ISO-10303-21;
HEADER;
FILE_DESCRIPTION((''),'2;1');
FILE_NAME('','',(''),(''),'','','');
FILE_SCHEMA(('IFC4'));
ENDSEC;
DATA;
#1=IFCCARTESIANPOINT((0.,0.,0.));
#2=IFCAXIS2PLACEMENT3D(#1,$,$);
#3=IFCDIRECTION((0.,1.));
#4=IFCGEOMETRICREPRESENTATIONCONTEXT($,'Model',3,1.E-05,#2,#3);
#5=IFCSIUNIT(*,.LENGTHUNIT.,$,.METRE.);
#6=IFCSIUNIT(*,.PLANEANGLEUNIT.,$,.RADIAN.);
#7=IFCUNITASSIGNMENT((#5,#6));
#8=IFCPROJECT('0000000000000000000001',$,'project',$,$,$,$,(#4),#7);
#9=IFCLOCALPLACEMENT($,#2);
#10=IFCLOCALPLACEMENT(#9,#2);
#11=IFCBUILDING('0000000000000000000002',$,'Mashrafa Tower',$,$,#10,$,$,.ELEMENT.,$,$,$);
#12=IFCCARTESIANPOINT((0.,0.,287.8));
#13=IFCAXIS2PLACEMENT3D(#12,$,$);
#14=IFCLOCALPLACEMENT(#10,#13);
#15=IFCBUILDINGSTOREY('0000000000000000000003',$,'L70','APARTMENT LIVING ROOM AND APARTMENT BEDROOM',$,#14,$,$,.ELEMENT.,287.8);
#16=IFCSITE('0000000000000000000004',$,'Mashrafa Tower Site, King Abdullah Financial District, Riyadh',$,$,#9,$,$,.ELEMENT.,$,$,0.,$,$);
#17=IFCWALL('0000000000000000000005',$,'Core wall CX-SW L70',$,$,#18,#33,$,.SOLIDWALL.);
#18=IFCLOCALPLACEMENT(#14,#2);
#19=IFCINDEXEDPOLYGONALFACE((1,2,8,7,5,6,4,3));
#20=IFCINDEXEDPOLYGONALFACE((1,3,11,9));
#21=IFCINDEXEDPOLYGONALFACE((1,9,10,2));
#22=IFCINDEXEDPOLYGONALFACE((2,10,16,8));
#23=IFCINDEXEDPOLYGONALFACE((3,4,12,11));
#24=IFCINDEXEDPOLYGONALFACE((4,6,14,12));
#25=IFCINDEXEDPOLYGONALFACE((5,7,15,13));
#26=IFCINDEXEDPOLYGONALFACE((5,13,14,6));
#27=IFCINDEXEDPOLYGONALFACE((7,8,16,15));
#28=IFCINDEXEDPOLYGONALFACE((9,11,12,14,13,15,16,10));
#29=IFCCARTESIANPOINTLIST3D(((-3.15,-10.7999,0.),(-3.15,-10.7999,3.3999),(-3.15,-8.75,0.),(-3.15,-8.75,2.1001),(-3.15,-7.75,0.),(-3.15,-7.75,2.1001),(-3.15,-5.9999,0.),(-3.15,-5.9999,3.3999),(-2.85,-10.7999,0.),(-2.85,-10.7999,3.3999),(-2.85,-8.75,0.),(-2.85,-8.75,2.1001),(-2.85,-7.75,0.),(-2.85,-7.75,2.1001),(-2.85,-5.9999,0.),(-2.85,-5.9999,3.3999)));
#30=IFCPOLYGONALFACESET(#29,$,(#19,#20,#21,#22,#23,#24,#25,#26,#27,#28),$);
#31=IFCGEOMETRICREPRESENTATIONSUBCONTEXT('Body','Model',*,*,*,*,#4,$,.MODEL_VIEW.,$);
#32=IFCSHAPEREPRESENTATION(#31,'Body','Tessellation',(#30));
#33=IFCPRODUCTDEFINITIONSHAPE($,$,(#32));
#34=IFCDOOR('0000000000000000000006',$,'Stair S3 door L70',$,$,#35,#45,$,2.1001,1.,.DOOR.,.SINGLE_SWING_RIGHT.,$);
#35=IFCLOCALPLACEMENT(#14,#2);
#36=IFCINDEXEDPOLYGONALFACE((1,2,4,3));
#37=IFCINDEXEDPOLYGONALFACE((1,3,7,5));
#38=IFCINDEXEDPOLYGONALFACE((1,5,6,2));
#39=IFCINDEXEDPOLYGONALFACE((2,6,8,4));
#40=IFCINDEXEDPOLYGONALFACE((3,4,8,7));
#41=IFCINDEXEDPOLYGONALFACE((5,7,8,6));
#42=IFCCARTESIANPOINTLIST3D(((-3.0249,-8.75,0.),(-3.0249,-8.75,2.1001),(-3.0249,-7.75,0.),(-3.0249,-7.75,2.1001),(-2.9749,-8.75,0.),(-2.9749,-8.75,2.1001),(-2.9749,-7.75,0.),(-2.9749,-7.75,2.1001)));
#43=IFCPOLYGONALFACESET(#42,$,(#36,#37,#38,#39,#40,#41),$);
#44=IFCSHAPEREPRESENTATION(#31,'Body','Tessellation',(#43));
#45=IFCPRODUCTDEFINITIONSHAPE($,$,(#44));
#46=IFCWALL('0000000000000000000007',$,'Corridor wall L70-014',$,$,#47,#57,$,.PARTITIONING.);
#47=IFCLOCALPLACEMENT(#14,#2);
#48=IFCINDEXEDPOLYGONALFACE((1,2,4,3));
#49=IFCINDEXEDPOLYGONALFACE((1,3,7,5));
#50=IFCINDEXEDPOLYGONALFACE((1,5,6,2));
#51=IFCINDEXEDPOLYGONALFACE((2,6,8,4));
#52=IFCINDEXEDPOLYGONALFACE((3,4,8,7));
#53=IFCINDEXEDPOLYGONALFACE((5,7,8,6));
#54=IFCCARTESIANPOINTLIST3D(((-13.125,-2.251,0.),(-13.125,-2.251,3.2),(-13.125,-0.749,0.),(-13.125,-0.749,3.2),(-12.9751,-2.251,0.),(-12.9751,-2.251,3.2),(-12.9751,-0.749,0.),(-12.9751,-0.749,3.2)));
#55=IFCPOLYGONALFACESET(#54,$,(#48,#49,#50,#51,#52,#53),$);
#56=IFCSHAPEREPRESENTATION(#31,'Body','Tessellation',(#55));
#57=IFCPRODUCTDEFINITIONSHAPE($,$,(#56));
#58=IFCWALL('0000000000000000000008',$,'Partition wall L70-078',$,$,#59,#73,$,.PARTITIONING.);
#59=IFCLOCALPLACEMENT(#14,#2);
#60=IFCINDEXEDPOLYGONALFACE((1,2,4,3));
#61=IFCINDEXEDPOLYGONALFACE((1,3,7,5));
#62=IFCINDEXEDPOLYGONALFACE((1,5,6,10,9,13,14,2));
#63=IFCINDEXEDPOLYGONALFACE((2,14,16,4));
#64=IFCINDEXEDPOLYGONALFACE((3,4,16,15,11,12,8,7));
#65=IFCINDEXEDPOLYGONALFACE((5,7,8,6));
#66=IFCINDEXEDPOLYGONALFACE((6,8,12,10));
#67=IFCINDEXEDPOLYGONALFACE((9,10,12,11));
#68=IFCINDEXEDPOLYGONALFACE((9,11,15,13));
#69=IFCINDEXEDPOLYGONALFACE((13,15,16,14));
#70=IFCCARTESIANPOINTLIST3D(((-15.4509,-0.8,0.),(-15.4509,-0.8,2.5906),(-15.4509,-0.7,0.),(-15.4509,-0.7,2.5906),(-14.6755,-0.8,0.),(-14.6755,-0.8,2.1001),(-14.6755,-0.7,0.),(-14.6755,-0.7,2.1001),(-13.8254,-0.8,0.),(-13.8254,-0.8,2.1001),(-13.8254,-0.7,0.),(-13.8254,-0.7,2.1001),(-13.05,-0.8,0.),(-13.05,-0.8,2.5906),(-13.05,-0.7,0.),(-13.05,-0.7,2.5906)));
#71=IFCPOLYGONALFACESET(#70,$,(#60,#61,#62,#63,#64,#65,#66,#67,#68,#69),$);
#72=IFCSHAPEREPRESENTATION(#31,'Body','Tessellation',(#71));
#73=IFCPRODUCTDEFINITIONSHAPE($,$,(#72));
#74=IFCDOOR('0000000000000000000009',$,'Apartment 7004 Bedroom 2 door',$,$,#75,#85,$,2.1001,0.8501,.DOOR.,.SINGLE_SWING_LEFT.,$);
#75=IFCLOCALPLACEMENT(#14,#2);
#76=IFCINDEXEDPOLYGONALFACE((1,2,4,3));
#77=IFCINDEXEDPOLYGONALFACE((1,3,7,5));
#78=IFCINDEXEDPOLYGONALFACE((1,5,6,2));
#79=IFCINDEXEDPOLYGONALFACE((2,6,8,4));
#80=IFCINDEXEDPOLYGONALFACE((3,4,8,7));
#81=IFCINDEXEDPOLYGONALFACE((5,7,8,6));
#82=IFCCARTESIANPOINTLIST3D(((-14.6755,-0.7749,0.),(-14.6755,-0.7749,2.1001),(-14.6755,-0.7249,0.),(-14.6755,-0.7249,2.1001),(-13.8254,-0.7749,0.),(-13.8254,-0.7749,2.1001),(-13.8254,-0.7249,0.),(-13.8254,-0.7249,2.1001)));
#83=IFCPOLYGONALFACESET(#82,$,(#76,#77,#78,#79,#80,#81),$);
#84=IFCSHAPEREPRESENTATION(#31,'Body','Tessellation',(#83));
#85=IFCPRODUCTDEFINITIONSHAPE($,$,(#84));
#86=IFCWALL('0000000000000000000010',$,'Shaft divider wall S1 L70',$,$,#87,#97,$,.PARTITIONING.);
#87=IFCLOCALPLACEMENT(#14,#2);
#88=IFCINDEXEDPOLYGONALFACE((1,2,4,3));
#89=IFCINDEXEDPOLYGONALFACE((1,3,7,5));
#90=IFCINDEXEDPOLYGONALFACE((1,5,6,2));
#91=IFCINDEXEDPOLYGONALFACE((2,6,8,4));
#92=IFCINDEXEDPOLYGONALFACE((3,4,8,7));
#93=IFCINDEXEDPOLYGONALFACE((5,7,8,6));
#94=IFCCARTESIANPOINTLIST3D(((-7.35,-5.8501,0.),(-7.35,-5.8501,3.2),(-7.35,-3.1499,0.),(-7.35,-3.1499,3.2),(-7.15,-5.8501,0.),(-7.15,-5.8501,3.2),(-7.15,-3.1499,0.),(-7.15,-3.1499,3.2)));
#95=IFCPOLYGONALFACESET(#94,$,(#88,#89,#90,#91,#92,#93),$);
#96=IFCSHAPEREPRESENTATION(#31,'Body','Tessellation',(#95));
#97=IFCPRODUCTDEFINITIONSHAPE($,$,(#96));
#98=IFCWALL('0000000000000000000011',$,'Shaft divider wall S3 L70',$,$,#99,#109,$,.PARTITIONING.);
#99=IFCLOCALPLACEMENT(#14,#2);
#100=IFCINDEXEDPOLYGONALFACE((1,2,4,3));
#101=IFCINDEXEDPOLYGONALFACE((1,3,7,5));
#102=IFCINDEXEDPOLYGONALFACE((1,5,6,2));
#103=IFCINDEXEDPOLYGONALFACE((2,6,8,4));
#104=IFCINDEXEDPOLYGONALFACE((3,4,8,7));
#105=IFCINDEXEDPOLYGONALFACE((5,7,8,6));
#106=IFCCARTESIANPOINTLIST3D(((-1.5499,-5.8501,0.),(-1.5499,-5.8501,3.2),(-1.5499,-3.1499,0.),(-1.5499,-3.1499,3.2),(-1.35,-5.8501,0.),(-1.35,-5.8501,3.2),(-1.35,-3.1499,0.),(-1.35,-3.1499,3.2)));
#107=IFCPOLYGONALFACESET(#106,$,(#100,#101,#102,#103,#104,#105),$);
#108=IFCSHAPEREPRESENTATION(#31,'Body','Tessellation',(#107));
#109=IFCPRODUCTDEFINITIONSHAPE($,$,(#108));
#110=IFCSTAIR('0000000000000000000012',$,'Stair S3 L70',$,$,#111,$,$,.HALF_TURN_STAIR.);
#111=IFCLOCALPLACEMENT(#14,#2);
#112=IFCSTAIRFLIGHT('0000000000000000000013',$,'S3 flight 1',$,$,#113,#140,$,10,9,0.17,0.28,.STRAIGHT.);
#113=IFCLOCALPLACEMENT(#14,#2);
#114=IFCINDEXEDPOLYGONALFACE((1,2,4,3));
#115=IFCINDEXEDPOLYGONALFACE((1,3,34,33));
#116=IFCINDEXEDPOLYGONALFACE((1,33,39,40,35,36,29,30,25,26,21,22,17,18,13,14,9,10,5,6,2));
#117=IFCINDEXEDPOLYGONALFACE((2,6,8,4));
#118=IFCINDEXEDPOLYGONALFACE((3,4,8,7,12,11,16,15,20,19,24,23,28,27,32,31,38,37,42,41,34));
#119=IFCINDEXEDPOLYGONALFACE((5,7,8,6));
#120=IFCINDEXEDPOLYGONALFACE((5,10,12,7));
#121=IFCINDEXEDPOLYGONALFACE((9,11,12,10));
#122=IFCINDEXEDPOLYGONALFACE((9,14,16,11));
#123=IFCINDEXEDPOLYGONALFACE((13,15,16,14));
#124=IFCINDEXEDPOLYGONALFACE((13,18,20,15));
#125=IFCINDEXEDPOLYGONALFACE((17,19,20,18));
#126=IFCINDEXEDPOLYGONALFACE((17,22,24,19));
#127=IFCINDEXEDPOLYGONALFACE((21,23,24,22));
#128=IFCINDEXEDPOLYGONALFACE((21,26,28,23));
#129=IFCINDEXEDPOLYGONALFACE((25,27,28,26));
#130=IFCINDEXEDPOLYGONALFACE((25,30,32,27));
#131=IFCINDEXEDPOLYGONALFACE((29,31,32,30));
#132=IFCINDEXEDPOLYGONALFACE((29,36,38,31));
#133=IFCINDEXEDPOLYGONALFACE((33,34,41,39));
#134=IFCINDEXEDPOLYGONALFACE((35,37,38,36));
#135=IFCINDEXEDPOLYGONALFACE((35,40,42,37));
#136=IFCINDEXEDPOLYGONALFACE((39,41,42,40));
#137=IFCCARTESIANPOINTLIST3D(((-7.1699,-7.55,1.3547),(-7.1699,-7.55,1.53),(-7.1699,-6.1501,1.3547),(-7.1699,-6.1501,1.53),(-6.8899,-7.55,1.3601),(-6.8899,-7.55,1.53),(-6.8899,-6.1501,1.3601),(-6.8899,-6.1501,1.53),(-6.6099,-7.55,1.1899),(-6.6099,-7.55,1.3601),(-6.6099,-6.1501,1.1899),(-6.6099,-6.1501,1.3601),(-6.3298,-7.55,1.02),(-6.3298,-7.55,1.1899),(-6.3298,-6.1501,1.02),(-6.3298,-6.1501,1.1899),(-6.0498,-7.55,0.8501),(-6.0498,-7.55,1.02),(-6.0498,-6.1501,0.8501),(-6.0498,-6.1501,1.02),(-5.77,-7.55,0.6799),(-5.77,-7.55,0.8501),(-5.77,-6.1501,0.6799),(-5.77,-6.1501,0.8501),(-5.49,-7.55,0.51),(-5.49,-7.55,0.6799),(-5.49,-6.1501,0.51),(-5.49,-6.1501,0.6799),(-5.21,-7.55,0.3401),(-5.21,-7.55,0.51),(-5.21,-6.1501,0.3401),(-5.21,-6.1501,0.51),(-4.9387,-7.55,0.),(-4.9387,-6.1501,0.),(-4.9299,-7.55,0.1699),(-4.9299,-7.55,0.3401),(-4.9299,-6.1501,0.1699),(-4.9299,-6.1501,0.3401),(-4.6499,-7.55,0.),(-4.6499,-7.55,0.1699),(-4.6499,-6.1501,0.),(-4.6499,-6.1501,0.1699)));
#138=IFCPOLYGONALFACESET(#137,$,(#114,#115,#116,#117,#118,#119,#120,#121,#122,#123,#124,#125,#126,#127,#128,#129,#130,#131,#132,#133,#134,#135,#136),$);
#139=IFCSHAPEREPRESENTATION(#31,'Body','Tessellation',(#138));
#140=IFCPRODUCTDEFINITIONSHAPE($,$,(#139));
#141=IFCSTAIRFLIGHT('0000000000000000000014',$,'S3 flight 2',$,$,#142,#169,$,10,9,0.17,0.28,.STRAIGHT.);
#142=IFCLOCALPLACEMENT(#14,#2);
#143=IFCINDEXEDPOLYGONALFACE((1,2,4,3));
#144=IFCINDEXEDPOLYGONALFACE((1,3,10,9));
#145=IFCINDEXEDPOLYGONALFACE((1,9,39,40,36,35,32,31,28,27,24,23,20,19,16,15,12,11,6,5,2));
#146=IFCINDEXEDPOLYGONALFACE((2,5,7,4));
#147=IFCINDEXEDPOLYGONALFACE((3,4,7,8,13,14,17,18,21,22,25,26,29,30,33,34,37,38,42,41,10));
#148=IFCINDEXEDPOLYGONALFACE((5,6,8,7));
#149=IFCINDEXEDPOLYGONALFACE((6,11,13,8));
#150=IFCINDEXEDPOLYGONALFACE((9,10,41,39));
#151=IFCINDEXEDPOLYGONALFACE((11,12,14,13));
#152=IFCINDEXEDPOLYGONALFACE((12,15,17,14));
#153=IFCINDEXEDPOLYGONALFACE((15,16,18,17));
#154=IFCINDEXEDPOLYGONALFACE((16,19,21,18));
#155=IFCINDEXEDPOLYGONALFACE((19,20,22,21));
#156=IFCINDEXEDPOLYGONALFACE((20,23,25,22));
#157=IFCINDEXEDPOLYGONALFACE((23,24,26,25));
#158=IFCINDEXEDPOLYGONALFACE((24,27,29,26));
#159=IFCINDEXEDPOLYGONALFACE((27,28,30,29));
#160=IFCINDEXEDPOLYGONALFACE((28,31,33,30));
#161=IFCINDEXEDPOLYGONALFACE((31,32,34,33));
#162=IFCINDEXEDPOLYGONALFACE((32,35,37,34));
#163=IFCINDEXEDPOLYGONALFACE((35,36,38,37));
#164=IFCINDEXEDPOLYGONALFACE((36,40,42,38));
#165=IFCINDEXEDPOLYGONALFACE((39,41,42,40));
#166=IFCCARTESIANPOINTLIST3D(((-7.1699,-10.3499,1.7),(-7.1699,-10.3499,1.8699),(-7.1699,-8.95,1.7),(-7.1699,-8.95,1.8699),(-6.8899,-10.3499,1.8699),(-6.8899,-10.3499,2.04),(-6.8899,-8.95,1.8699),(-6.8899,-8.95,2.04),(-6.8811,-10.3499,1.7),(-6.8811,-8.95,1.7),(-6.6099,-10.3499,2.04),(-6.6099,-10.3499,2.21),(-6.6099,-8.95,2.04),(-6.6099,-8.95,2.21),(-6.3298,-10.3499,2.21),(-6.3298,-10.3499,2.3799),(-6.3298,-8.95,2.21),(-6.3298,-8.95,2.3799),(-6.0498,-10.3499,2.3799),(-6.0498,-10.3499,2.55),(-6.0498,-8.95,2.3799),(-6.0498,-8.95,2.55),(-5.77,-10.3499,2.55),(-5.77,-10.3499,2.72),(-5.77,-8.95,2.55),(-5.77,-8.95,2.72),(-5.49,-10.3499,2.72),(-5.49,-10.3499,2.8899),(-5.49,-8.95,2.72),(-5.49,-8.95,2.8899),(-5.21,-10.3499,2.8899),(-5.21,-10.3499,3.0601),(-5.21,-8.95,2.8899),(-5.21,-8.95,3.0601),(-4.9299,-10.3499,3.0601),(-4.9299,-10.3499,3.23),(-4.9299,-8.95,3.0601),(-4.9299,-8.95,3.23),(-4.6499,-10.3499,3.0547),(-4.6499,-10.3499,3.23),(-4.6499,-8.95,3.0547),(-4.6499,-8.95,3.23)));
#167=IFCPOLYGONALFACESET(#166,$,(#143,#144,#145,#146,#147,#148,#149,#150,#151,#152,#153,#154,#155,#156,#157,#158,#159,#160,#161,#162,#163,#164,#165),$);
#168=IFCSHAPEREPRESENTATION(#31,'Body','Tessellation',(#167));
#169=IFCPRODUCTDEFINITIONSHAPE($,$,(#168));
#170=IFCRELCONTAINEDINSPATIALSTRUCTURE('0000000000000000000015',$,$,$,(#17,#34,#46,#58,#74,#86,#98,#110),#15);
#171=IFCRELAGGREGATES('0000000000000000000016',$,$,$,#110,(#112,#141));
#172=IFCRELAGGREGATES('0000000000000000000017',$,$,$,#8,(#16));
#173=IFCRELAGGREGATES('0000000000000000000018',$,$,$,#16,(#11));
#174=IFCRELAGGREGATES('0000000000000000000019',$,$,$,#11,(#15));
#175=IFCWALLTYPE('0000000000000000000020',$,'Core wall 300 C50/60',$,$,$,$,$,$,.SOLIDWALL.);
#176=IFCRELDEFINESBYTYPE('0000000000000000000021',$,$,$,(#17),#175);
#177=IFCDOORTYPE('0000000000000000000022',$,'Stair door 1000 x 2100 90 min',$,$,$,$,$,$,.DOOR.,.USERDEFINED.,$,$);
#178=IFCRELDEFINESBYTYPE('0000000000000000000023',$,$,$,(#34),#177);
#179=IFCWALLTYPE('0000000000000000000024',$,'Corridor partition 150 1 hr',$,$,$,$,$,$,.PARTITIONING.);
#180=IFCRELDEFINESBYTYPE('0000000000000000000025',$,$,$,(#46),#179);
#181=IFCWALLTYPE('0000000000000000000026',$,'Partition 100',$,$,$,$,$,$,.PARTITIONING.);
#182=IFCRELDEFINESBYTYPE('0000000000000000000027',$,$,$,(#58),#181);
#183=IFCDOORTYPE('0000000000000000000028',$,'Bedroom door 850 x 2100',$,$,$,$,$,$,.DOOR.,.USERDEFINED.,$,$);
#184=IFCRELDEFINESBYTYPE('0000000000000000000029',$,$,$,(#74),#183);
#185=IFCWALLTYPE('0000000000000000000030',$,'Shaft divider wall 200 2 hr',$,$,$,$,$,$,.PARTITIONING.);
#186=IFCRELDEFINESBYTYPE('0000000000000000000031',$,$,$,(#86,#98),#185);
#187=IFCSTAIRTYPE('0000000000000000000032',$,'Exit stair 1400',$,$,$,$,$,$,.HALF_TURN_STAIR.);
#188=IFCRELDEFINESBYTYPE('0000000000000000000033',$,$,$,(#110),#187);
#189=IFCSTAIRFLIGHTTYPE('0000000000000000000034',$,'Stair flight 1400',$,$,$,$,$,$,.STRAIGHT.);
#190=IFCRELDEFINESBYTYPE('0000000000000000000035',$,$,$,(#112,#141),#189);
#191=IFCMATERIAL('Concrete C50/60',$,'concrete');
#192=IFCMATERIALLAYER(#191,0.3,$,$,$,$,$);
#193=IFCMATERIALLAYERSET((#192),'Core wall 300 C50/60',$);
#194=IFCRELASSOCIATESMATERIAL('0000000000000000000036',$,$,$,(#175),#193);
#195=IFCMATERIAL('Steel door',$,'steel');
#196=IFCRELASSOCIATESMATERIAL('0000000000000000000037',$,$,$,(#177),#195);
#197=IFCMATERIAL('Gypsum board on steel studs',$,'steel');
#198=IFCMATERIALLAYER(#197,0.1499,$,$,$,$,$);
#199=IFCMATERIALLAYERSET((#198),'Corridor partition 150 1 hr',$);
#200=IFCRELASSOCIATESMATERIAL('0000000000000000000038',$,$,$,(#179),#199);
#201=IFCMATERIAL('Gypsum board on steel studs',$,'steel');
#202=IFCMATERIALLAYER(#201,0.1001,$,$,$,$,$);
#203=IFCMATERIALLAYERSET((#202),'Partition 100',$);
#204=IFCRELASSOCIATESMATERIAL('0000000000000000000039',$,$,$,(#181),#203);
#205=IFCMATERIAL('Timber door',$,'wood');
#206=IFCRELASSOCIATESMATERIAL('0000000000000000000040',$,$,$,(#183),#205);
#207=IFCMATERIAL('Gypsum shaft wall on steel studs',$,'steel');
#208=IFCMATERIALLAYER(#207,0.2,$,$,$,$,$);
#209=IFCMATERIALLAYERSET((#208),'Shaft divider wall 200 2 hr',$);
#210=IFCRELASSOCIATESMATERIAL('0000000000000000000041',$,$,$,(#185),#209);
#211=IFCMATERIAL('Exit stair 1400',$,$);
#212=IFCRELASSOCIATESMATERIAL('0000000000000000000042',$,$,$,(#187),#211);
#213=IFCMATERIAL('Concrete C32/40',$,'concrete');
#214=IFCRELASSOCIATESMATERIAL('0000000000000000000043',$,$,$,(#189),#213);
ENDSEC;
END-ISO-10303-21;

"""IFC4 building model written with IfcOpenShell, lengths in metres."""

from ifc_helpers import new_model, si_unit, direction, frame, frame_2d, origin, place, context, subcontext, project, spatial, polyline, rectangle, outline, extrude, material, layer, layer_set, type_object, element, fill, aggregate, save


model = new_model("IFC4")

# Units and contexts
model_context = context("Model", 3, precision=1e-05, world=origin(), true_north=direction((0.0, 1.0)))
body_context = subcontext(model_context, "Body", "Model", "MODEL_VIEW")
ifc_project = project(units=[si_unit("LENGTHUNIT", "METRE"), si_unit("PLANEANGLEUNIT", "RADIAN")], contexts=[model_context])

# Site, building, storey
site_placement = place(None, origin())
site = spatial("IfcSite", under=ifc_project, at=site_placement, Name="Mashrafa Tower Site, King Abdullah Financial District, Riyadh", CompositionType="ELEMENT", RefElevation=0.0)
building_placement = place(site_placement, origin())
building = spatial("IfcBuilding", under=site, at=building_placement, Name="Mashrafa Tower", CompositionType="ELEMENT")
storey_placement = place(building_placement, frame((0.0, 0.0, 287.8)))
storey = spatial("IfcBuildingStorey", under=building, at=storey_placement, Name="L70", Description="APARTMENT LIVING ROOM AND APARTMENT BEDROOM", CompositionType="ELEMENT", Elevation=287.8)

# Shared definitions
ifc_material_1 = material(Name="Concrete C50/60", Category="concrete")
ifc_layer_1 = layer(ifc_material_1, 0.3)
ifc_layer_set_1 = layer_set([ifc_layer_1], Name="Core wall 300 C50/60")
wall_type_1 = type_object("IfcWallType", Name="Core wall 300 C50/60", PredefinedType="SOLIDWALL", material=ifc_layer_set_1)

# Wall, opening, door
wall_1_placement = place(storey_placement, frame((-3.0, -6.0, 0.0), z_axis=(0.0, 0.0, 1.0), x_axis=(0.0, -1.0, 0.0)))
wall_1 = element("IfcWall", 1, at=wall_1_placement, inside=storey, type_object=wall_type_1, Name="Core wall CX-SW L70", PredefinedType="SOLIDWALL", context=body_context, shape_type="SweptSolid", body=[
    extrude(rectangle(XDim=4.8, YDim=0.3, at=frame_2d((2.3999, 0.0))), origin(), (0.0, 0.0, 1.0), 3.3999),
])
opening_1_placement = place(wall_1_placement, frame((1.75, 0.0, 0.0)))
opening_1 = element("IfcOpeningElement", 2, at=opening_1_placement, cuts=wall_1, PredefinedType="OPENING", context=body_context, shape_type="SweptSolid", body=[
    extrude(rectangle(XDim=1.0, YDim=2.1001, at=frame_2d((0.5, 1.05))), frame((0.0, 0.1599, 0.0), z_axis=(0.0, -1.0, 0.0), x_axis=(1.0, 0.0, 0.0)), (0.0, 0.0, 1.0), 0.3201),
])
ifc_material_2 = material(Name="Steel door", Category="steel")
door_type_1 = type_object("IfcDoorType", Name="Stair door 1000 x 2100 90 min", OperationType="USERDEFINED", PredefinedType="DOOR", material=ifc_material_2)
door_1_placement = place(opening_1_placement, frame((1.0, 0.0, 0.0), z_axis=(0.0, 0.0, 1.0), x_axis=(-1.0, 0.0, 0.0)))
door_1 = element("IfcDoor", 3, at=door_1_placement, inside=storey, type_object=door_type_1, Name="Stair S3 door L70", OperationType="SINGLE_SWING_RIGHT", OverallHeight=2.1001, OverallWidth=1.0, PredefinedType="DOOR", context=body_context, shape_type="SweptSolid", body=[
    extrude(rectangle(XDim=1.0, YDim=2.1001, at=frame_2d((0.5, 1.05))), frame((0.0, 0.0249, 0.0), z_axis=(0.0, -1.0, 0.0), x_axis=(1.0, 0.0, 0.0)), (0.0, 0.0, 1.0), 0.05),
])
fill(opening_1, door_1)

# Wall
ifc_material_3 = material(Name="Gypsum board on steel studs", Category="steel")
ifc_layer_2 = layer(ifc_material_3, 0.1499)
ifc_layer_set_2 = layer_set([ifc_layer_2], Name="Corridor partition 150 1 hr")
wall_type_2 = type_object("IfcWallType", Name="Corridor partition 150 1 hr", PredefinedType="PARTITIONING", material=ifc_layer_set_2)
wall_2_placement = place(storey_placement, frame((-13.05, -0.749, 0.0), z_axis=(0.0, 0.0, 1.0), x_axis=(0.0, -1.0, 0.0)))
element("IfcWall", 4, at=wall_2_placement, inside=storey, type_object=wall_type_2, Name="Corridor wall L70-014", PredefinedType="PARTITIONING", context=body_context, shape_type="SweptSolid", body=[
    extrude(rectangle(XDim=1.502, YDim=0.1499, at=frame_2d((0.751, 0.0))), origin(), (0.0, 0.0, 1.0), 3.2),
])

# Wall, opening, door
ifc_material_4 = material(Name="Gypsum board on steel studs", Category="steel")
ifc_layer_3 = layer(ifc_material_4, 0.1001)
ifc_layer_set_3 = layer_set([ifc_layer_3], Name="Partition 100")
wall_type_3 = type_object("IfcWallType", Name="Partition 100", PredefinedType="PARTITIONING", material=ifc_layer_set_3)
wall_3_placement = place(storey_placement, frame((-13.05, -0.75, 0.0), z_axis=(0.0, 0.0, 1.0), x_axis=(-1.0, 0.0, 0.0)))
wall_3 = element("IfcWall", 5, at=wall_3_placement, inside=storey, type_object=wall_type_3, Name="Partition wall L70-078", PredefinedType="PARTITIONING", context=body_context, shape_type="SweptSolid", body=[
    extrude(rectangle(XDim=2.4009, YDim=0.1001, at=frame_2d((1.2004, 0.0))), origin(), (0.0, 0.0, 1.0), 2.5906),
])
opening_2_placement = place(wall_3_placement, frame((0.7754, 0.0, 0.0)))
opening_2 = element("IfcOpeningElement", 6, at=opening_2_placement, cuts=wall_3, PredefinedType="OPENING", context=body_context, shape_type="SweptSolid", body=[
    extrude(rectangle(XDim=0.8501, YDim=2.1001, at=frame_2d((0.425, 1.05))), frame((0.0, 0.0601, 0.0), z_axis=(0.0, -1.0, 0.0), x_axis=(1.0, 0.0, 0.0)), (0.0, 0.0, 1.0), 0.1201),
])
ifc_material_5 = material(Name="Timber door", Category="wood")
door_type_2 = type_object("IfcDoorType", Name="Bedroom door 850 x 2100", OperationType="USERDEFINED", PredefinedType="DOOR", material=ifc_material_5)
door_2_placement = place(opening_2_placement, origin())
door_2 = element("IfcDoor", 7, at=door_2_placement, inside=storey, type_object=door_type_2, Name="Apartment 7004 Bedroom 2 door", OperationType="SINGLE_SWING_LEFT", OverallHeight=2.1001, OverallWidth=0.8501, PredefinedType="DOOR", context=body_context, shape_type="SweptSolid", body=[
    extrude(rectangle(XDim=0.8501, YDim=2.1001, at=frame_2d((0.425, 1.05))), frame((0.0, 0.0249, 0.0), z_axis=(0.0, -1.0, 0.0), x_axis=(1.0, 0.0, 0.0)), (0.0, 0.0, 1.0), 0.05),
])
fill(opening_2, door_2)

# Walls
ifc_material_6 = material(Name="Gypsum shaft wall on steel studs", Category="steel")
ifc_layer_4 = layer(ifc_material_6, 0.2)
ifc_layer_set_4 = layer_set([ifc_layer_4], Name="Shaft divider wall 200 2 hr")
wall_type_4 = type_object("IfcWallType", Name="Shaft divider wall 200 2 hr", PredefinedType="PARTITIONING", material=ifc_layer_set_4)
for number, where, z_axis, x_axis, name in (
    (8, (-7.25, -5.8501, 0.0), (0.0, 0.0, 1.0), (0.0, 1.0, 0.0), "Shaft divider wall S1 L70"),
    (9, (-1.45, -5.8501, 0.0), (0.0, 0.0, 1.0), (0.0, 1.0, 0.0), "Shaft divider wall S3 L70"),
):
    element("IfcWall", number, at=place(storey_placement, frame(where, z_axis=z_axis, x_axis=x_axis)), inside=storey, type_object=wall_type_4, Name=name, PredefinedType="PARTITIONING", context=body_context, shape_type="SweptSolid", body=[
        extrude(rectangle(XDim=2.7002, YDim=0.2, at=frame_2d((1.3501, 0.0))), origin(), (0.0, 0.0, 1.0), 3.2),
    ])

# Stair, stair flights
ifc_material_7 = material(Name="Exit stair 1400")
stair_type = type_object("IfcStairType", Name="Exit stair 1400", PredefinedType="HALF_TURN_STAIR", material=ifc_material_7)
stair_placement = place(storey_placement, origin())
stair = element("IfcStair", 10, at=stair_placement, inside=storey, type_object=stair_type, Name="Stair S3 L70", PredefinedType="HALF_TURN_STAIR")
ifc_material_8 = material(Name="Concrete C32/40", Category="concrete")
stair_flight_type = type_object("IfcStairFlightType", Name="Stair flight 1400", PredefinedType="STRAIGHT", material=ifc_material_8)
stair_flight_1_placement = place(storey_placement, frame((-4.6499, -6.8501, 0.0), z_axis=(0.0, 0.0, 1.0), x_axis=(-1.0, 0.0, 0.0)))
stair_flight_1 = element("IfcStairFlight", 11, at=stair_flight_1_placement, type_object=stair_flight_type, Name="S3 flight 1", NumberOfRisers=10, NumberOfTreads=9, PredefinedType="STRAIGHT", RiserHeight=0.17, TreadLength=0.28, context=body_context, shape_type="SweptSolid", body=[
    extrude(outline(polyline([(0.0, 0.0), (0.0, 0.1699), (0.28, 0.1699), (0.28, 0.3401), (0.5601, 0.3401), (0.5601, 0.51), (0.8401, 0.51), (0.8401, 0.6799), (1.1201, 0.6799), (1.1201, 0.8501), (1.3999, 0.8501), (1.3999, 1.02), (1.6799, 1.02), (1.6799, 1.1899), (1.96, 1.1899), (1.96, 1.3601), (2.24, 1.3601), (2.24, 1.53), (2.52, 1.53), (2.52, 1.7), (2.52, 1.3547), (0.2888, 0.0), (0.0, 0.0)])), frame((0.0, 0.7, 0.0), z_axis=(0.0, -1.0, 0.0), x_axis=(1.0, 0.0, 0.0)), (0.0, 0.0, 1.0), 1.3999),
])
stair_flight_2_placement = place(storey_placement, frame((-7.1699, -9.6499, 1.7), z_axis=(0.0, 0.0, 1.0), x_axis=(1.0, 0.0, 0.0)))
stair_flight_2 = element("IfcStairFlight", 12, at=stair_flight_2_placement, type_object=stair_flight_type, Name="S3 flight 2", NumberOfRisers=10, NumberOfTreads=9, PredefinedType="STRAIGHT", RiserHeight=0.17, TreadLength=0.28, context=body_context, shape_type="SweptSolid", body=[
    extrude(outline(polyline([(0.0, 0.0), (0.0, 0.1699), (0.28, 0.1699), (0.28, 0.3401), (0.5601, 0.3401), (0.5601, 0.51), (0.8401, 0.51), (0.8401, 0.6799), (1.1201, 0.6799), (1.1201, 0.8501), (1.3999, 0.8501), (1.3999, 1.02), (1.6799, 1.02), (1.6799, 1.1899), (1.96, 1.1899), (1.96, 1.3601), (2.24, 1.3601), (2.24, 1.53), (2.52, 1.53), (2.52, 1.7), (2.52, 1.3547), (0.2888, 0.0), (0.0, 0.0)])), frame((0.0, 0.7, 0.0), z_axis=(0.0, -1.0, 0.0), x_axis=(1.0, 0.0, 0.0)), (0.0, 0.0, 1.0), 1.3999),
])
aggregate(stair, [stair_flight_1, stair_flight_2])

save(model, "model.ifc")
